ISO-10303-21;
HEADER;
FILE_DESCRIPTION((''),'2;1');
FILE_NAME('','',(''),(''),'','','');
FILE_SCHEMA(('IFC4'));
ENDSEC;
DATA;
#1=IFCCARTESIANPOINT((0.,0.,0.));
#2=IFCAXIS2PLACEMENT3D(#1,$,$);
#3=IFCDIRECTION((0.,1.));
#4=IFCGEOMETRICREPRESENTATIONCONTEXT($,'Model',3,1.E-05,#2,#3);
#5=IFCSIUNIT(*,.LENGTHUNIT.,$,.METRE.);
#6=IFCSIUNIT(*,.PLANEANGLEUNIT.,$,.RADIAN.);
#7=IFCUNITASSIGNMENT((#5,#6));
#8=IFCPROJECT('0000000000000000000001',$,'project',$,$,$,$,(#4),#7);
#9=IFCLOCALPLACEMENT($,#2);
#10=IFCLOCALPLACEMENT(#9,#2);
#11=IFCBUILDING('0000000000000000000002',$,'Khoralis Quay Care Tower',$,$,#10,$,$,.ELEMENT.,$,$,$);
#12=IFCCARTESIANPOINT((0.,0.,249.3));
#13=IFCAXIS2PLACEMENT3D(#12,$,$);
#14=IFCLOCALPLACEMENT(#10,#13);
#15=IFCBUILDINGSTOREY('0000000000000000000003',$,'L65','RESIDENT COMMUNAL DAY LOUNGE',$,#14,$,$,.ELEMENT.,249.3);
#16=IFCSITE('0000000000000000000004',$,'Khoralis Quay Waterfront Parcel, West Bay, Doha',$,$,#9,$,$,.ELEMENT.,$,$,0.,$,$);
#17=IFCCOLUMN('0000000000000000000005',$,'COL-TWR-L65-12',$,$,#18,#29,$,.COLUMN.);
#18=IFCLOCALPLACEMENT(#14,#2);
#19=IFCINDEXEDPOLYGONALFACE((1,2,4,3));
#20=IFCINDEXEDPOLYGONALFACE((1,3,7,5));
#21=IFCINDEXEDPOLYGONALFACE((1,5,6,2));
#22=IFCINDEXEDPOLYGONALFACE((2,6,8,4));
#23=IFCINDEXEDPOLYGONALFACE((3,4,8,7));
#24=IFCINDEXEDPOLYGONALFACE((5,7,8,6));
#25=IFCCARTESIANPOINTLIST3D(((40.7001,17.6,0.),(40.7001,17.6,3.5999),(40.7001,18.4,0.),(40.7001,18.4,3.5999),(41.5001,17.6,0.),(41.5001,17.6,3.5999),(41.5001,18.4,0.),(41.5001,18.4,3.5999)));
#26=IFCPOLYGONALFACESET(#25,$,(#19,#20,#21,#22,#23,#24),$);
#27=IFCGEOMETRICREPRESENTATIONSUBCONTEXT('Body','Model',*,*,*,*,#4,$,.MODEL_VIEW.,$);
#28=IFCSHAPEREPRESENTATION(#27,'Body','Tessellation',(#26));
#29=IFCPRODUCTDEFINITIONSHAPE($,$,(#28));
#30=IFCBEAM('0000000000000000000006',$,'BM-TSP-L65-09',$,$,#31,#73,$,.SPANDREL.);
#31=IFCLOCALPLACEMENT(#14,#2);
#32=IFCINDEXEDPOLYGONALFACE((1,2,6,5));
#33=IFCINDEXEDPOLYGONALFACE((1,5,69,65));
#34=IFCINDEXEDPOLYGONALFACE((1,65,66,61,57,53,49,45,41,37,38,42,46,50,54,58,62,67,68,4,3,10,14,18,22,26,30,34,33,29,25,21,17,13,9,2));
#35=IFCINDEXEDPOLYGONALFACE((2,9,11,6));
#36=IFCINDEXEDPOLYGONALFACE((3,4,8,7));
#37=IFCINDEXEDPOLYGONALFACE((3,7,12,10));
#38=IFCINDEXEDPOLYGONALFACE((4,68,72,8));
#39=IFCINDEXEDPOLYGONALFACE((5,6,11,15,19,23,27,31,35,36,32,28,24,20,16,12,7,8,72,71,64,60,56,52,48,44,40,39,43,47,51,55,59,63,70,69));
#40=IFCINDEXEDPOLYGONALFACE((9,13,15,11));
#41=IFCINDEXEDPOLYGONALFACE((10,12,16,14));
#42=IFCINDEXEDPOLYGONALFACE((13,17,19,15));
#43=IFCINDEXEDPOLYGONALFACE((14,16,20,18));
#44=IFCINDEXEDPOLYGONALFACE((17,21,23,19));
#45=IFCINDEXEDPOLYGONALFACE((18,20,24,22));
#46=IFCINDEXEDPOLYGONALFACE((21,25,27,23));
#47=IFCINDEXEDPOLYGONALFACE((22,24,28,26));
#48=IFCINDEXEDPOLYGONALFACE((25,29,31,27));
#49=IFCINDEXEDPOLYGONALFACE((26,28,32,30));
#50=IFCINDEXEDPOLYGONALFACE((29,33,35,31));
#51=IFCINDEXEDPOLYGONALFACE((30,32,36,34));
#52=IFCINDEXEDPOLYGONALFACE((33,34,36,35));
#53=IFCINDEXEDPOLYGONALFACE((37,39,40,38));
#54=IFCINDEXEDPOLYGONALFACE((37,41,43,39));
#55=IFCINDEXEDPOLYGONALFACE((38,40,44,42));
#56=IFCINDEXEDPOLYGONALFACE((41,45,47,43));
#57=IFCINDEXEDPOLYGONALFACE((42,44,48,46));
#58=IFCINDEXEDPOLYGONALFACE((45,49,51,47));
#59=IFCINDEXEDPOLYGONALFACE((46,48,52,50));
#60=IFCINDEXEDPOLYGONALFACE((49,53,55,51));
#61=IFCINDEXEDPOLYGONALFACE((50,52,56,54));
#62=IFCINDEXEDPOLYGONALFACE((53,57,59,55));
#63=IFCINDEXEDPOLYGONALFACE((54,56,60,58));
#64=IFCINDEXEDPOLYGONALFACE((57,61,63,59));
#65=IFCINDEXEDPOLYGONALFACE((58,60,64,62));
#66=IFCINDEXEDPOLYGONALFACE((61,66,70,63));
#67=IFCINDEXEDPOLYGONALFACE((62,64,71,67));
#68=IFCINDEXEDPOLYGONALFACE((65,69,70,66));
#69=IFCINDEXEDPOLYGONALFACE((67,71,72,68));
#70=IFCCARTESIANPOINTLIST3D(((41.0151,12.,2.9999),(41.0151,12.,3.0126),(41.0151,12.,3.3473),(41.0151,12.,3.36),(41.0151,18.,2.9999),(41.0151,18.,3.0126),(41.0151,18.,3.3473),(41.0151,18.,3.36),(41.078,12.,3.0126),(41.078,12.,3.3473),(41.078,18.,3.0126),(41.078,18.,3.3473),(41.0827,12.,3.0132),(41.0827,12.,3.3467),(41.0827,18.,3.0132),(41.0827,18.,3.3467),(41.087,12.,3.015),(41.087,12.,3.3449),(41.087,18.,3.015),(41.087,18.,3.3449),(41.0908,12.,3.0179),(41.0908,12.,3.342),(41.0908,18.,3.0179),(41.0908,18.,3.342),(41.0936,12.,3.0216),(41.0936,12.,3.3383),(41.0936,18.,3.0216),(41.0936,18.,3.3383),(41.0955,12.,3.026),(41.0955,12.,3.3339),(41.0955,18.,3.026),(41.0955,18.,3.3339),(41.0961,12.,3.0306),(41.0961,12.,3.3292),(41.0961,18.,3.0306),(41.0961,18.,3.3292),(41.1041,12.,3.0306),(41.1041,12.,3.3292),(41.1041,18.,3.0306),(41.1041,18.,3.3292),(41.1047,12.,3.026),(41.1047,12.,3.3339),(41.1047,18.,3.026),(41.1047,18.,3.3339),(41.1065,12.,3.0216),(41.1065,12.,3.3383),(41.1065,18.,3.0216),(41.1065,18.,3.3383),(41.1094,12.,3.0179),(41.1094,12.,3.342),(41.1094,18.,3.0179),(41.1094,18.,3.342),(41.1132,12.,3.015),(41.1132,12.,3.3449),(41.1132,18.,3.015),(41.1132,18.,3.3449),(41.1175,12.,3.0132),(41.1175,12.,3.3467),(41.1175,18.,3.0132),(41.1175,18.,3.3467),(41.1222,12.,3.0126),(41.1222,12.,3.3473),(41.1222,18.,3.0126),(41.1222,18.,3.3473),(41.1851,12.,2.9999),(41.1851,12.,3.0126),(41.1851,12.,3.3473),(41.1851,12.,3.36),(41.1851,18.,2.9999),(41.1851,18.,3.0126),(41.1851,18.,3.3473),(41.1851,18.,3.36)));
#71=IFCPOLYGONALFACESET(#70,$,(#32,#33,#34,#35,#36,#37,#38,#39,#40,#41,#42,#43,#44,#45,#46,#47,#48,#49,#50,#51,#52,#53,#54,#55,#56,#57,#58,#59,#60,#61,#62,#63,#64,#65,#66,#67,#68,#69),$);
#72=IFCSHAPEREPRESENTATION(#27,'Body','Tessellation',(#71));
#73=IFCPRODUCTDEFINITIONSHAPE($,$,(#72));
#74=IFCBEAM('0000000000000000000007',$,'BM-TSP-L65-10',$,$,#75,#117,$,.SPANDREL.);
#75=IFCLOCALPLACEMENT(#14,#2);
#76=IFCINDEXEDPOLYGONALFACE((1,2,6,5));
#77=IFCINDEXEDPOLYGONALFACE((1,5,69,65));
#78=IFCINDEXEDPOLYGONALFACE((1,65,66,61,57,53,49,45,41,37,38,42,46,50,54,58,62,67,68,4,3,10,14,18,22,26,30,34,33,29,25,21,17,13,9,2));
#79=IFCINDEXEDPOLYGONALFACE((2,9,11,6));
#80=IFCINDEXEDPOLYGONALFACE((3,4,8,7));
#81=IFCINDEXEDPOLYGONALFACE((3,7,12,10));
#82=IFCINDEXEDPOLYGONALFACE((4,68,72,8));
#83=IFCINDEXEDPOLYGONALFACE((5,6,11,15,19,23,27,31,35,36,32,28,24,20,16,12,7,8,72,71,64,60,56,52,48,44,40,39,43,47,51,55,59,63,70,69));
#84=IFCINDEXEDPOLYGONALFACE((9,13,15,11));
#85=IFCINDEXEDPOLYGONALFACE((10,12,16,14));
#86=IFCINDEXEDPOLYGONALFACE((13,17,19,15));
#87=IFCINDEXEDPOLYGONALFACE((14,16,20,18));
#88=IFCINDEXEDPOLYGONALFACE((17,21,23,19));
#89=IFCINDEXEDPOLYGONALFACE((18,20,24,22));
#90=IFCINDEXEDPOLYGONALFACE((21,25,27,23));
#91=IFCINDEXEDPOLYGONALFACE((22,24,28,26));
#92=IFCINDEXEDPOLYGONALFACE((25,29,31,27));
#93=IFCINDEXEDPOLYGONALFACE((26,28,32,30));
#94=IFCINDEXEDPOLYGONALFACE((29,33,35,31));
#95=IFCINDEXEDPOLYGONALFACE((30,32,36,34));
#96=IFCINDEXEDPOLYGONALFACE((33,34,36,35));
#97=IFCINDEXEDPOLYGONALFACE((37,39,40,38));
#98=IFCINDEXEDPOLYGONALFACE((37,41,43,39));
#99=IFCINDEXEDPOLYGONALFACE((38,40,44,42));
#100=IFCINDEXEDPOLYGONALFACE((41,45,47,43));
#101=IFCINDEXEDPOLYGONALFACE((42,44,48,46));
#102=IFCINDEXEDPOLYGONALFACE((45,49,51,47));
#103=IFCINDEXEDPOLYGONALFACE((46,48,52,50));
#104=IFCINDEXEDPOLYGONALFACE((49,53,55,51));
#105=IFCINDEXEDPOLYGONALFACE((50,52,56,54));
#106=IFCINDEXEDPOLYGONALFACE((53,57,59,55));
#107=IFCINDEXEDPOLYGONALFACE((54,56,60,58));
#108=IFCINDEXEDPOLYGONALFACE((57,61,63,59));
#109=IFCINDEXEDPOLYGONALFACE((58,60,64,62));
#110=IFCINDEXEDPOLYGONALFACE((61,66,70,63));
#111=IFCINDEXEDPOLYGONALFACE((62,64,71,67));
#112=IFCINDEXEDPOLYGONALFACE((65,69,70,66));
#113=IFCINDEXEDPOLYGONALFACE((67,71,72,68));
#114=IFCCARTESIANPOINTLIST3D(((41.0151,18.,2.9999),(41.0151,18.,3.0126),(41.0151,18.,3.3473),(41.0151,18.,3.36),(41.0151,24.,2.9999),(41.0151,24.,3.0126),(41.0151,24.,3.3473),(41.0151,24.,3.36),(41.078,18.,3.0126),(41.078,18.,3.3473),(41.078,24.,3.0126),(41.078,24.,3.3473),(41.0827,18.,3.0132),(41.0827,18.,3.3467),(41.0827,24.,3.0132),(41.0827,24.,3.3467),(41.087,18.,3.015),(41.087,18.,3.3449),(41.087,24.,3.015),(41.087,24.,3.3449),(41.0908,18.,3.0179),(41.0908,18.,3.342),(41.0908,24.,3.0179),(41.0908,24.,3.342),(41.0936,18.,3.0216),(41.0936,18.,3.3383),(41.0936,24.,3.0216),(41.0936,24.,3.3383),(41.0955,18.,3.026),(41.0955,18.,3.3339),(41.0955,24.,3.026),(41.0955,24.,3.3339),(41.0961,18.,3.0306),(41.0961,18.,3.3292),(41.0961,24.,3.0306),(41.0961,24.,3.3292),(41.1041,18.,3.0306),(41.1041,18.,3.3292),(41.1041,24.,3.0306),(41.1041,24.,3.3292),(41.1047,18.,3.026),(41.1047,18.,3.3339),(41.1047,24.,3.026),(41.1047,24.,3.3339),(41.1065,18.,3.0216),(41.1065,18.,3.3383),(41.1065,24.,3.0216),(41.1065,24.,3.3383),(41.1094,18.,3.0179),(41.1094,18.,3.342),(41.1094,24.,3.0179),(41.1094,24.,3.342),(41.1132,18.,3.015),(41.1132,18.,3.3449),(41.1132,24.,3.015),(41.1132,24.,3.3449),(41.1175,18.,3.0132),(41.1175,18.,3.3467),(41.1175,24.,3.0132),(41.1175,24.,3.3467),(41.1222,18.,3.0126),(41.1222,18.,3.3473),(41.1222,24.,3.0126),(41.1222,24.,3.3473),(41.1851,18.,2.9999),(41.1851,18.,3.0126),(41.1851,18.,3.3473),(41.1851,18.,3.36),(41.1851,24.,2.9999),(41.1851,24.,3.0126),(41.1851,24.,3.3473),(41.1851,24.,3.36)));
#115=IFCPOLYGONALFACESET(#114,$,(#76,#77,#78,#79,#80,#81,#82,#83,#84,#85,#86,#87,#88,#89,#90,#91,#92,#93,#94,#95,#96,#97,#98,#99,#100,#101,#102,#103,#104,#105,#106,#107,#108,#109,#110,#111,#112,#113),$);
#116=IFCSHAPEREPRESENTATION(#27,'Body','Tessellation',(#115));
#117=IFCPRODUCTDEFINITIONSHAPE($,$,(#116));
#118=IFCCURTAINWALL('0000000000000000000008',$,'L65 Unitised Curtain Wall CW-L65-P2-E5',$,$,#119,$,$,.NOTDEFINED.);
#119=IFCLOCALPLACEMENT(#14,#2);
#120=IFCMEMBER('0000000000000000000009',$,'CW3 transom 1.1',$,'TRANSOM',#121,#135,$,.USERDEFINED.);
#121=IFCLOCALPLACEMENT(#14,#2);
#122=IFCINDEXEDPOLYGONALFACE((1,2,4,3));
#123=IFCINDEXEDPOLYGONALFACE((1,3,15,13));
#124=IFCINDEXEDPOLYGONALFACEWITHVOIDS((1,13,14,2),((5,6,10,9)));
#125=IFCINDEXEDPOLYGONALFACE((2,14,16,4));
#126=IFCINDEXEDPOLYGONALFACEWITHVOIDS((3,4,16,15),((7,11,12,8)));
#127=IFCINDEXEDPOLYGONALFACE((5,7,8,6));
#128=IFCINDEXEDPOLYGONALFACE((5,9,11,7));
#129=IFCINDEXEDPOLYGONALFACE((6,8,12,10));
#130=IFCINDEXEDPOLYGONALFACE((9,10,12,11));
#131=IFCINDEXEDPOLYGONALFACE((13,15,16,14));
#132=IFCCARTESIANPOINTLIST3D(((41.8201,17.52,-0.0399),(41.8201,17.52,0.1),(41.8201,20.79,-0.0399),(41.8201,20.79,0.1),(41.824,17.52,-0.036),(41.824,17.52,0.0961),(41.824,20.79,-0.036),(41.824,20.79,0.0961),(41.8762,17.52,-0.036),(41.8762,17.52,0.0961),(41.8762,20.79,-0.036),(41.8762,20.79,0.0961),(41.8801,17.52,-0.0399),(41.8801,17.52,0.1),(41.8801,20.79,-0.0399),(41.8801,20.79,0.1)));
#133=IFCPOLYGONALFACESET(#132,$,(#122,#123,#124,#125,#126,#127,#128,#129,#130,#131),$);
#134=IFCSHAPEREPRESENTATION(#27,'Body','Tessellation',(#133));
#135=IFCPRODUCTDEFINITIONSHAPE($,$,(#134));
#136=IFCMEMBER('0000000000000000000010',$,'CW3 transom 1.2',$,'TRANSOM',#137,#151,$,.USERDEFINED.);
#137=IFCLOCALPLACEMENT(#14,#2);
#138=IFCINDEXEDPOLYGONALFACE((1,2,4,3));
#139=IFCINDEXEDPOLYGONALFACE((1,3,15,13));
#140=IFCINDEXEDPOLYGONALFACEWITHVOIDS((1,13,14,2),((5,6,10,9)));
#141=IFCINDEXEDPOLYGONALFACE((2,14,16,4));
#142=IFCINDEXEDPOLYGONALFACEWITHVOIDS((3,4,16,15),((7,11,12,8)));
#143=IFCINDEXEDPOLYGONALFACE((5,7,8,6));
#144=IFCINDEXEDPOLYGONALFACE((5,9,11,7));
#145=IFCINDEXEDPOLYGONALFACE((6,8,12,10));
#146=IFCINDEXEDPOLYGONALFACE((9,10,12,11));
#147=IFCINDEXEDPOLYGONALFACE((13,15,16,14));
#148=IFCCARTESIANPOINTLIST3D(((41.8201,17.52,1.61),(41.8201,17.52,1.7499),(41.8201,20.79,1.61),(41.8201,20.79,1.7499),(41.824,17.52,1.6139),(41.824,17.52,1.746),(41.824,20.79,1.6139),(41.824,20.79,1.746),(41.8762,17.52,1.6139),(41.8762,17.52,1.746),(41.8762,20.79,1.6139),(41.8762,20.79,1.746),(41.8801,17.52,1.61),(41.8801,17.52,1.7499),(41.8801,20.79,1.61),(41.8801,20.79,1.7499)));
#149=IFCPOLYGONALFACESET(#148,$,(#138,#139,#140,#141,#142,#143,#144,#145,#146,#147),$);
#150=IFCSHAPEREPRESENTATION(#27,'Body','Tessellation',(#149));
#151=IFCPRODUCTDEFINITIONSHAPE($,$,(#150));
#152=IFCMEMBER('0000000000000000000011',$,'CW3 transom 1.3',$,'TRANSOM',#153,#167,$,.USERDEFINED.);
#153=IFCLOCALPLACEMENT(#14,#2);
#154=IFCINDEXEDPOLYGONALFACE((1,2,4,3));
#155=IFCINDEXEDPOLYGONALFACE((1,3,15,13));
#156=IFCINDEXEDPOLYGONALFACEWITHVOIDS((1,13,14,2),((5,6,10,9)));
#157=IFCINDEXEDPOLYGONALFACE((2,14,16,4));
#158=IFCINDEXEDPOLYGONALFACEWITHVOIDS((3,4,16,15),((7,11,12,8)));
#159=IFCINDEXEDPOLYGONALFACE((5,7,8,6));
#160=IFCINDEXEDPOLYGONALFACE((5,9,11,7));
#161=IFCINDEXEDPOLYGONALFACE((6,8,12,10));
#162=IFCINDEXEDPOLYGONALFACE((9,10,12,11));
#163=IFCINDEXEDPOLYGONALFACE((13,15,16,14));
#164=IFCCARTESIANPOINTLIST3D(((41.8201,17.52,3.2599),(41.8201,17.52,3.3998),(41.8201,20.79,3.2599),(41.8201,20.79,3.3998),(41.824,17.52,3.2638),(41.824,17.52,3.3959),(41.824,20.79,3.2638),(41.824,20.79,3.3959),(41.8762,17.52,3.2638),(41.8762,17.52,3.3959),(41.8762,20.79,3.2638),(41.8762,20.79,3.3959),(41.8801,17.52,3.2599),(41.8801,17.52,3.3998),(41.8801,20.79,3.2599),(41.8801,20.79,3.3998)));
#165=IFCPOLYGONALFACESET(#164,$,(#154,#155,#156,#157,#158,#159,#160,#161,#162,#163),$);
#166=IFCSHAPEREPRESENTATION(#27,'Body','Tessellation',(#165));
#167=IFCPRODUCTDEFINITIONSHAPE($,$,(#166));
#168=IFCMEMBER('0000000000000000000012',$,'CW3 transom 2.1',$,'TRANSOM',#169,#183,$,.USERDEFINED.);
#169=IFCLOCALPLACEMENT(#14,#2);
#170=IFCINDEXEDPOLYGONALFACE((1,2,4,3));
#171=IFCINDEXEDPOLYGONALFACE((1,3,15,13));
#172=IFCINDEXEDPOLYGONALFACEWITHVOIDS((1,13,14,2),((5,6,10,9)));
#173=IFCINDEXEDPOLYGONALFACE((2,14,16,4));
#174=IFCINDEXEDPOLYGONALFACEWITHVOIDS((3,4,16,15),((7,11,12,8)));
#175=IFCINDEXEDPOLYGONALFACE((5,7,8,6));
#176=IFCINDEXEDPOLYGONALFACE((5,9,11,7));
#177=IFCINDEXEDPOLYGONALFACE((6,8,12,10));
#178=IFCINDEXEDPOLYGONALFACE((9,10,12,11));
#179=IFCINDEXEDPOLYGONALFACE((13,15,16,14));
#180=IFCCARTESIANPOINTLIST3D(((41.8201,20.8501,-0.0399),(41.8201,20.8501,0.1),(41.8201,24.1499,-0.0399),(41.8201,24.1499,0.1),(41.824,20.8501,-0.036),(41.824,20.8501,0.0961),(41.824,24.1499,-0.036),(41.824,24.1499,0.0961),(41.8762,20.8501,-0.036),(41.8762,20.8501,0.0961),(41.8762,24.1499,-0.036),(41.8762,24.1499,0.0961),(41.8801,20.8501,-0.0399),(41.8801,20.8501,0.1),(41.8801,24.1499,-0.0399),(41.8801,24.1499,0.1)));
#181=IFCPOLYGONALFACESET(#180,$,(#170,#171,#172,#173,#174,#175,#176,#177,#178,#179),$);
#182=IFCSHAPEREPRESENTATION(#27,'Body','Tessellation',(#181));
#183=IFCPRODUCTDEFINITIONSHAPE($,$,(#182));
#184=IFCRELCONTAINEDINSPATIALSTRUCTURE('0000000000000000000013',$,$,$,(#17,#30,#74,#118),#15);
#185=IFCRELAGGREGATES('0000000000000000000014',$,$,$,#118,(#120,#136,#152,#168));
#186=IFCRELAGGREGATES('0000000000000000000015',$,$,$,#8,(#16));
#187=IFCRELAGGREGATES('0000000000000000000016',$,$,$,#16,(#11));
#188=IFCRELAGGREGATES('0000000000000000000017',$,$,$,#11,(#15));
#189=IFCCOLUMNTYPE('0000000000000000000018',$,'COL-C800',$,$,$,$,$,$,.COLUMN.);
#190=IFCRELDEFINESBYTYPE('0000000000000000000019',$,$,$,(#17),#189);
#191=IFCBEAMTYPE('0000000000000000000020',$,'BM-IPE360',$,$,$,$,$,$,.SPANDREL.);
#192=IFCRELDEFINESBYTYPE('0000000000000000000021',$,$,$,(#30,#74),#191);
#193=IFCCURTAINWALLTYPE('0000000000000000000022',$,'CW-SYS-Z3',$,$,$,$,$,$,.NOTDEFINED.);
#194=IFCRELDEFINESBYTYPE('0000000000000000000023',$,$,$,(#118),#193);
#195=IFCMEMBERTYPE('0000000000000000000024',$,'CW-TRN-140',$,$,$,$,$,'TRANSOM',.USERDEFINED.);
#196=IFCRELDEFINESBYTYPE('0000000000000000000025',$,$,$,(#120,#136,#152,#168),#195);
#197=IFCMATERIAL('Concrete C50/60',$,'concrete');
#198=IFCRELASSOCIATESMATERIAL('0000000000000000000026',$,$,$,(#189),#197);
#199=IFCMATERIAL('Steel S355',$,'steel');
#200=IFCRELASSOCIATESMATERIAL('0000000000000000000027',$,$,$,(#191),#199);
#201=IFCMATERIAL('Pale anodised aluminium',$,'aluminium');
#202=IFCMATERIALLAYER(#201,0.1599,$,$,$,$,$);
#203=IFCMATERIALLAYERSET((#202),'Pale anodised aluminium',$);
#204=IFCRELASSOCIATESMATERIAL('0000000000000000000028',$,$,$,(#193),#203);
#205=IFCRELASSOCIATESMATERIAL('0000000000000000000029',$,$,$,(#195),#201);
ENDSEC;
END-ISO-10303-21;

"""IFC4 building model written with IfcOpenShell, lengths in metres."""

from ifc_helpers import new_model, si_unit, direction, frame, origin, origin_2d, place, context, subcontext, project, spatial, rectangle, hollow_rectangle, i_section, extrude, source, transform, mapped, material, layer, layer_set, material_profile, profile_set, type_object, element, aggregate, save


model = new_model("IFC4")

# Units and contexts
model_context = context("Model", 3, precision=1e-05, world=origin(), true_north=direction((0.0, 1.0)))
body_context = subcontext(model_context, "Body", "Model", "MODEL_VIEW")
ifc_project = project(units=[si_unit("LENGTHUNIT", "METRE"), si_unit("PLANEANGLEUNIT", "RADIAN")], contexts=[model_context])

# Site, building, storey
site_placement = place(None, origin())
site = spatial("IfcSite", under=ifc_project, at=site_placement, Name="Khoralis Quay Waterfront Parcel, West Bay, Doha", CompositionType="ELEMENT", RefElevation=0.0)
building_placement = place(site_placement, origin())
building = spatial("IfcBuilding", under=site, at=building_placement, Name="Khoralis Quay Care Tower", CompositionType="ELEMENT")
storey_placement = place(building_placement, frame((0.0, 0.0, 249.3)))
storey = spatial("IfcBuildingStorey", under=building, at=storey_placement, Name="L65", Description="RESIDENT COMMUNAL DAY LOUNGE", CompositionType="ELEMENT", Elevation=249.3)

# Column
ifc_material_1 = material(Name="Concrete C50/60", Category="concrete")
ifc_material_profile_1 = material_profile(ifc_material_1, rectangle(XDim=0.8, YDim=0.8, at=origin_2d()), Name="Concrete C50/60")
ifc_profile_set_1 = profile_set([ifc_material_profile_1], Name="Concrete C50/60")
column_type = type_object("IfcColumnType", Name="COL-C800", PredefinedType="COLUMN", material=ifc_profile_set_1)
shared_shape_1 = source(origin(), body_context, "Body", "SweptSolid", [
    extrude(rectangle(XDim=0.8, YDim=0.8, at=origin_2d()), origin(), (0.0, 0.0, 1.0), 3.5999),
])
column_placement = place(storey_placement, frame((41.1001, 18.0, 0.0), z_axis=(0.0, 0.0, 1.0), x_axis=(1.0, 0.0, 0.0)))
element("IfcColumn", 1, at=column_placement, inside=storey, type_object=column_type, Name="COL-TWR-L65-12", PredefinedType="COLUMN", context=body_context, shape_type="MappedRepresentation", body=[
    mapped(shared_shape_1, transform((0.0, 0.0, 0.0), scale=1.0)),
])

# Beams
ifc_material_2 = material(Name="Steel S355", Category="steel")
ifc_material_profile_2 = material_profile(ifc_material_2, i_section(OverallWidth=0.1699, OverallDepth=0.3601, WebThickness=0.0081, FlangeThickness=0.0127, FilletRadius=0.0181, at=origin_2d()), Name="Steel S355")
ifc_profile_set_2 = profile_set([ifc_material_profile_2], Name="Steel S355")
beam_type = type_object("IfcBeamType", Name="BM-IPE360", PredefinedType="SPANDREL", material=ifc_profile_set_2)
shared_shape_2 = source(origin(), body_context, "Body", "SweptSolid", [
    extrude(i_section(OverallWidth=0.1699, OverallDepth=0.3601, WebThickness=0.0081, FlangeThickness=0.0127, FilletRadius=0.0181, at=origin_2d()), origin(), (0.0, 0.0, 1.0), 6.0),
])
for number, where, z_axis, x_axis, name in (
    (2, (41.1001, 12.0, 3.1799), (0.0, 1.0, 0.0), (-1.0, 0.0, 0.0), "BM-TSP-L65-09"),
    (3, (41.1001, 18.0, 3.1799), (0.0, 1.0, 0.0), (-1.0, 0.0, 0.0), "BM-TSP-L65-10"),
):
    element("IfcBeam", number, at=place(storey_placement, frame(where, z_axis=z_axis, x_axis=x_axis)), inside=storey, type_object=beam_type, Name=name, PredefinedType="SPANDREL", context=body_context, shape_type="MappedRepresentation", body=[
        mapped(shared_shape_2, transform((0.0, 0.0, 0.0), scale=1.0)),
    ])

# Curtain wall, members
ifc_material_3 = material(Name="Pale anodised aluminium", Category="aluminium")
ifc_layer_1 = layer(ifc_material_3, 0.1599)
ifc_layer_set_1 = layer_set([ifc_layer_1], Name="Pale anodised aluminium")
curtain_wall_type = type_object("IfcCurtainWallType", Name="CW-SYS-Z3", PredefinedType="NOTDEFINED", material=ifc_layer_set_1)
curtain_wall_placement = place(storey_placement, origin())
curtain_wall = element("IfcCurtainWall", 4, at=curtain_wall_placement, inside=storey, type_object=curtain_wall_type, Name="L65 Unitised Curtain Wall CW-L65-P2-E5", PredefinedType="NOTDEFINED")
ifc_material_profile_3 = material_profile(ifc_material_3, hollow_rectangle(XDim=0.0601, YDim=0.1399, WallThickness=0.0039, at=origin_2d()), Name="Pale anodised aluminium")
ifc_profile_set_3 = profile_set([ifc_material_profile_3], Name="Pale anodised aluminium")
member_type_1 = type_object("IfcMemberType", Name="CW-TRN-140", ElementType="TRANSOM", PredefinedType="USERDEFINED", material=ifc_profile_set_3)
shared_shape_3 = source(origin(), body_context, "Body", "SweptSolid", [
    extrude(hollow_rectangle(XDim=0.0601, YDim=0.1399, WallThickness=0.0039, at=origin_2d()), origin(), (0.0, 0.0, 1.0), 3.27),
])
member_1_placement = place(storey_placement, frame((41.8501, 17.52, 0.03), z_axis=(0.0, 1.0, 0.0), x_axis=(-1.0, 0.0, 0.0)))
member_1 = element("IfcMember", 5, at=member_1_placement, type_object=member_type_1, Name="CW3 transom 1.1", ObjectType="TRANSOM", PredefinedType="USERDEFINED", context=body_context, shape_type="MappedRepresentation", body=[
    mapped(shared_shape_3, transform((0.0, 0.0, 0.0), scale=1.0)),
])
member_2_placement = place(storey_placement, frame((41.8501, 17.52, 1.6799), z_axis=(0.0, 1.0, 0.0), x_axis=(-1.0, 0.0, 0.0)))
member_2 = element("IfcMember", 6, at=member_2_placement, type_object=member_type_1, Name="CW3 transom 1.2", ObjectType="TRANSOM", PredefinedType="USERDEFINED", context=body_context, shape_type="MappedRepresentation", body=[
    mapped(shared_shape_3, transform((0.0, 0.0, 0.0), scale=1.0)),
])
member_3_placement = place(storey_placement, frame((41.8501, 17.52, 3.3298), z_axis=(0.0, 1.0, 0.0), x_axis=(-1.0, 0.0, 0.0)))
member_3 = element("IfcMember", 7, at=member_3_placement, type_object=member_type_1, Name="CW3 transom 1.3", ObjectType="TRANSOM", PredefinedType="USERDEFINED", context=body_context, shape_type="MappedRepresentation", body=[
    mapped(shared_shape_3, transform((0.0, 0.0, 0.0), scale=1.0)),
])
shared_shape_4 = source(origin(), body_context, "Body", "SweptSolid", [
    extrude(hollow_rectangle(XDim=0.0601, YDim=0.1399, WallThickness=0.0039, at=origin_2d()), origin(), (0.0, 0.0, 1.0), 3.2998),
])
member_4_placement = place(storey_placement, frame((41.8501, 20.8501, 0.03), z_axis=(0.0, 1.0, 0.0), x_axis=(-1.0, 0.0, 0.0)))
member_4 = element("IfcMember", 8, at=member_4_placement, type_object=member_type_1, Name="CW3 transom 2.1", ObjectType="TRANSOM", PredefinedType="USERDEFINED", context=body_context, shape_type="MappedRepresentation", body=[
    mapped(shared_shape_4, transform((0.0, 0.0, 0.0), scale=1.0)),
])
aggregate(curtain_wall, [member_1, member_2, member_3, member_4])

save(model, "model.ifc")
